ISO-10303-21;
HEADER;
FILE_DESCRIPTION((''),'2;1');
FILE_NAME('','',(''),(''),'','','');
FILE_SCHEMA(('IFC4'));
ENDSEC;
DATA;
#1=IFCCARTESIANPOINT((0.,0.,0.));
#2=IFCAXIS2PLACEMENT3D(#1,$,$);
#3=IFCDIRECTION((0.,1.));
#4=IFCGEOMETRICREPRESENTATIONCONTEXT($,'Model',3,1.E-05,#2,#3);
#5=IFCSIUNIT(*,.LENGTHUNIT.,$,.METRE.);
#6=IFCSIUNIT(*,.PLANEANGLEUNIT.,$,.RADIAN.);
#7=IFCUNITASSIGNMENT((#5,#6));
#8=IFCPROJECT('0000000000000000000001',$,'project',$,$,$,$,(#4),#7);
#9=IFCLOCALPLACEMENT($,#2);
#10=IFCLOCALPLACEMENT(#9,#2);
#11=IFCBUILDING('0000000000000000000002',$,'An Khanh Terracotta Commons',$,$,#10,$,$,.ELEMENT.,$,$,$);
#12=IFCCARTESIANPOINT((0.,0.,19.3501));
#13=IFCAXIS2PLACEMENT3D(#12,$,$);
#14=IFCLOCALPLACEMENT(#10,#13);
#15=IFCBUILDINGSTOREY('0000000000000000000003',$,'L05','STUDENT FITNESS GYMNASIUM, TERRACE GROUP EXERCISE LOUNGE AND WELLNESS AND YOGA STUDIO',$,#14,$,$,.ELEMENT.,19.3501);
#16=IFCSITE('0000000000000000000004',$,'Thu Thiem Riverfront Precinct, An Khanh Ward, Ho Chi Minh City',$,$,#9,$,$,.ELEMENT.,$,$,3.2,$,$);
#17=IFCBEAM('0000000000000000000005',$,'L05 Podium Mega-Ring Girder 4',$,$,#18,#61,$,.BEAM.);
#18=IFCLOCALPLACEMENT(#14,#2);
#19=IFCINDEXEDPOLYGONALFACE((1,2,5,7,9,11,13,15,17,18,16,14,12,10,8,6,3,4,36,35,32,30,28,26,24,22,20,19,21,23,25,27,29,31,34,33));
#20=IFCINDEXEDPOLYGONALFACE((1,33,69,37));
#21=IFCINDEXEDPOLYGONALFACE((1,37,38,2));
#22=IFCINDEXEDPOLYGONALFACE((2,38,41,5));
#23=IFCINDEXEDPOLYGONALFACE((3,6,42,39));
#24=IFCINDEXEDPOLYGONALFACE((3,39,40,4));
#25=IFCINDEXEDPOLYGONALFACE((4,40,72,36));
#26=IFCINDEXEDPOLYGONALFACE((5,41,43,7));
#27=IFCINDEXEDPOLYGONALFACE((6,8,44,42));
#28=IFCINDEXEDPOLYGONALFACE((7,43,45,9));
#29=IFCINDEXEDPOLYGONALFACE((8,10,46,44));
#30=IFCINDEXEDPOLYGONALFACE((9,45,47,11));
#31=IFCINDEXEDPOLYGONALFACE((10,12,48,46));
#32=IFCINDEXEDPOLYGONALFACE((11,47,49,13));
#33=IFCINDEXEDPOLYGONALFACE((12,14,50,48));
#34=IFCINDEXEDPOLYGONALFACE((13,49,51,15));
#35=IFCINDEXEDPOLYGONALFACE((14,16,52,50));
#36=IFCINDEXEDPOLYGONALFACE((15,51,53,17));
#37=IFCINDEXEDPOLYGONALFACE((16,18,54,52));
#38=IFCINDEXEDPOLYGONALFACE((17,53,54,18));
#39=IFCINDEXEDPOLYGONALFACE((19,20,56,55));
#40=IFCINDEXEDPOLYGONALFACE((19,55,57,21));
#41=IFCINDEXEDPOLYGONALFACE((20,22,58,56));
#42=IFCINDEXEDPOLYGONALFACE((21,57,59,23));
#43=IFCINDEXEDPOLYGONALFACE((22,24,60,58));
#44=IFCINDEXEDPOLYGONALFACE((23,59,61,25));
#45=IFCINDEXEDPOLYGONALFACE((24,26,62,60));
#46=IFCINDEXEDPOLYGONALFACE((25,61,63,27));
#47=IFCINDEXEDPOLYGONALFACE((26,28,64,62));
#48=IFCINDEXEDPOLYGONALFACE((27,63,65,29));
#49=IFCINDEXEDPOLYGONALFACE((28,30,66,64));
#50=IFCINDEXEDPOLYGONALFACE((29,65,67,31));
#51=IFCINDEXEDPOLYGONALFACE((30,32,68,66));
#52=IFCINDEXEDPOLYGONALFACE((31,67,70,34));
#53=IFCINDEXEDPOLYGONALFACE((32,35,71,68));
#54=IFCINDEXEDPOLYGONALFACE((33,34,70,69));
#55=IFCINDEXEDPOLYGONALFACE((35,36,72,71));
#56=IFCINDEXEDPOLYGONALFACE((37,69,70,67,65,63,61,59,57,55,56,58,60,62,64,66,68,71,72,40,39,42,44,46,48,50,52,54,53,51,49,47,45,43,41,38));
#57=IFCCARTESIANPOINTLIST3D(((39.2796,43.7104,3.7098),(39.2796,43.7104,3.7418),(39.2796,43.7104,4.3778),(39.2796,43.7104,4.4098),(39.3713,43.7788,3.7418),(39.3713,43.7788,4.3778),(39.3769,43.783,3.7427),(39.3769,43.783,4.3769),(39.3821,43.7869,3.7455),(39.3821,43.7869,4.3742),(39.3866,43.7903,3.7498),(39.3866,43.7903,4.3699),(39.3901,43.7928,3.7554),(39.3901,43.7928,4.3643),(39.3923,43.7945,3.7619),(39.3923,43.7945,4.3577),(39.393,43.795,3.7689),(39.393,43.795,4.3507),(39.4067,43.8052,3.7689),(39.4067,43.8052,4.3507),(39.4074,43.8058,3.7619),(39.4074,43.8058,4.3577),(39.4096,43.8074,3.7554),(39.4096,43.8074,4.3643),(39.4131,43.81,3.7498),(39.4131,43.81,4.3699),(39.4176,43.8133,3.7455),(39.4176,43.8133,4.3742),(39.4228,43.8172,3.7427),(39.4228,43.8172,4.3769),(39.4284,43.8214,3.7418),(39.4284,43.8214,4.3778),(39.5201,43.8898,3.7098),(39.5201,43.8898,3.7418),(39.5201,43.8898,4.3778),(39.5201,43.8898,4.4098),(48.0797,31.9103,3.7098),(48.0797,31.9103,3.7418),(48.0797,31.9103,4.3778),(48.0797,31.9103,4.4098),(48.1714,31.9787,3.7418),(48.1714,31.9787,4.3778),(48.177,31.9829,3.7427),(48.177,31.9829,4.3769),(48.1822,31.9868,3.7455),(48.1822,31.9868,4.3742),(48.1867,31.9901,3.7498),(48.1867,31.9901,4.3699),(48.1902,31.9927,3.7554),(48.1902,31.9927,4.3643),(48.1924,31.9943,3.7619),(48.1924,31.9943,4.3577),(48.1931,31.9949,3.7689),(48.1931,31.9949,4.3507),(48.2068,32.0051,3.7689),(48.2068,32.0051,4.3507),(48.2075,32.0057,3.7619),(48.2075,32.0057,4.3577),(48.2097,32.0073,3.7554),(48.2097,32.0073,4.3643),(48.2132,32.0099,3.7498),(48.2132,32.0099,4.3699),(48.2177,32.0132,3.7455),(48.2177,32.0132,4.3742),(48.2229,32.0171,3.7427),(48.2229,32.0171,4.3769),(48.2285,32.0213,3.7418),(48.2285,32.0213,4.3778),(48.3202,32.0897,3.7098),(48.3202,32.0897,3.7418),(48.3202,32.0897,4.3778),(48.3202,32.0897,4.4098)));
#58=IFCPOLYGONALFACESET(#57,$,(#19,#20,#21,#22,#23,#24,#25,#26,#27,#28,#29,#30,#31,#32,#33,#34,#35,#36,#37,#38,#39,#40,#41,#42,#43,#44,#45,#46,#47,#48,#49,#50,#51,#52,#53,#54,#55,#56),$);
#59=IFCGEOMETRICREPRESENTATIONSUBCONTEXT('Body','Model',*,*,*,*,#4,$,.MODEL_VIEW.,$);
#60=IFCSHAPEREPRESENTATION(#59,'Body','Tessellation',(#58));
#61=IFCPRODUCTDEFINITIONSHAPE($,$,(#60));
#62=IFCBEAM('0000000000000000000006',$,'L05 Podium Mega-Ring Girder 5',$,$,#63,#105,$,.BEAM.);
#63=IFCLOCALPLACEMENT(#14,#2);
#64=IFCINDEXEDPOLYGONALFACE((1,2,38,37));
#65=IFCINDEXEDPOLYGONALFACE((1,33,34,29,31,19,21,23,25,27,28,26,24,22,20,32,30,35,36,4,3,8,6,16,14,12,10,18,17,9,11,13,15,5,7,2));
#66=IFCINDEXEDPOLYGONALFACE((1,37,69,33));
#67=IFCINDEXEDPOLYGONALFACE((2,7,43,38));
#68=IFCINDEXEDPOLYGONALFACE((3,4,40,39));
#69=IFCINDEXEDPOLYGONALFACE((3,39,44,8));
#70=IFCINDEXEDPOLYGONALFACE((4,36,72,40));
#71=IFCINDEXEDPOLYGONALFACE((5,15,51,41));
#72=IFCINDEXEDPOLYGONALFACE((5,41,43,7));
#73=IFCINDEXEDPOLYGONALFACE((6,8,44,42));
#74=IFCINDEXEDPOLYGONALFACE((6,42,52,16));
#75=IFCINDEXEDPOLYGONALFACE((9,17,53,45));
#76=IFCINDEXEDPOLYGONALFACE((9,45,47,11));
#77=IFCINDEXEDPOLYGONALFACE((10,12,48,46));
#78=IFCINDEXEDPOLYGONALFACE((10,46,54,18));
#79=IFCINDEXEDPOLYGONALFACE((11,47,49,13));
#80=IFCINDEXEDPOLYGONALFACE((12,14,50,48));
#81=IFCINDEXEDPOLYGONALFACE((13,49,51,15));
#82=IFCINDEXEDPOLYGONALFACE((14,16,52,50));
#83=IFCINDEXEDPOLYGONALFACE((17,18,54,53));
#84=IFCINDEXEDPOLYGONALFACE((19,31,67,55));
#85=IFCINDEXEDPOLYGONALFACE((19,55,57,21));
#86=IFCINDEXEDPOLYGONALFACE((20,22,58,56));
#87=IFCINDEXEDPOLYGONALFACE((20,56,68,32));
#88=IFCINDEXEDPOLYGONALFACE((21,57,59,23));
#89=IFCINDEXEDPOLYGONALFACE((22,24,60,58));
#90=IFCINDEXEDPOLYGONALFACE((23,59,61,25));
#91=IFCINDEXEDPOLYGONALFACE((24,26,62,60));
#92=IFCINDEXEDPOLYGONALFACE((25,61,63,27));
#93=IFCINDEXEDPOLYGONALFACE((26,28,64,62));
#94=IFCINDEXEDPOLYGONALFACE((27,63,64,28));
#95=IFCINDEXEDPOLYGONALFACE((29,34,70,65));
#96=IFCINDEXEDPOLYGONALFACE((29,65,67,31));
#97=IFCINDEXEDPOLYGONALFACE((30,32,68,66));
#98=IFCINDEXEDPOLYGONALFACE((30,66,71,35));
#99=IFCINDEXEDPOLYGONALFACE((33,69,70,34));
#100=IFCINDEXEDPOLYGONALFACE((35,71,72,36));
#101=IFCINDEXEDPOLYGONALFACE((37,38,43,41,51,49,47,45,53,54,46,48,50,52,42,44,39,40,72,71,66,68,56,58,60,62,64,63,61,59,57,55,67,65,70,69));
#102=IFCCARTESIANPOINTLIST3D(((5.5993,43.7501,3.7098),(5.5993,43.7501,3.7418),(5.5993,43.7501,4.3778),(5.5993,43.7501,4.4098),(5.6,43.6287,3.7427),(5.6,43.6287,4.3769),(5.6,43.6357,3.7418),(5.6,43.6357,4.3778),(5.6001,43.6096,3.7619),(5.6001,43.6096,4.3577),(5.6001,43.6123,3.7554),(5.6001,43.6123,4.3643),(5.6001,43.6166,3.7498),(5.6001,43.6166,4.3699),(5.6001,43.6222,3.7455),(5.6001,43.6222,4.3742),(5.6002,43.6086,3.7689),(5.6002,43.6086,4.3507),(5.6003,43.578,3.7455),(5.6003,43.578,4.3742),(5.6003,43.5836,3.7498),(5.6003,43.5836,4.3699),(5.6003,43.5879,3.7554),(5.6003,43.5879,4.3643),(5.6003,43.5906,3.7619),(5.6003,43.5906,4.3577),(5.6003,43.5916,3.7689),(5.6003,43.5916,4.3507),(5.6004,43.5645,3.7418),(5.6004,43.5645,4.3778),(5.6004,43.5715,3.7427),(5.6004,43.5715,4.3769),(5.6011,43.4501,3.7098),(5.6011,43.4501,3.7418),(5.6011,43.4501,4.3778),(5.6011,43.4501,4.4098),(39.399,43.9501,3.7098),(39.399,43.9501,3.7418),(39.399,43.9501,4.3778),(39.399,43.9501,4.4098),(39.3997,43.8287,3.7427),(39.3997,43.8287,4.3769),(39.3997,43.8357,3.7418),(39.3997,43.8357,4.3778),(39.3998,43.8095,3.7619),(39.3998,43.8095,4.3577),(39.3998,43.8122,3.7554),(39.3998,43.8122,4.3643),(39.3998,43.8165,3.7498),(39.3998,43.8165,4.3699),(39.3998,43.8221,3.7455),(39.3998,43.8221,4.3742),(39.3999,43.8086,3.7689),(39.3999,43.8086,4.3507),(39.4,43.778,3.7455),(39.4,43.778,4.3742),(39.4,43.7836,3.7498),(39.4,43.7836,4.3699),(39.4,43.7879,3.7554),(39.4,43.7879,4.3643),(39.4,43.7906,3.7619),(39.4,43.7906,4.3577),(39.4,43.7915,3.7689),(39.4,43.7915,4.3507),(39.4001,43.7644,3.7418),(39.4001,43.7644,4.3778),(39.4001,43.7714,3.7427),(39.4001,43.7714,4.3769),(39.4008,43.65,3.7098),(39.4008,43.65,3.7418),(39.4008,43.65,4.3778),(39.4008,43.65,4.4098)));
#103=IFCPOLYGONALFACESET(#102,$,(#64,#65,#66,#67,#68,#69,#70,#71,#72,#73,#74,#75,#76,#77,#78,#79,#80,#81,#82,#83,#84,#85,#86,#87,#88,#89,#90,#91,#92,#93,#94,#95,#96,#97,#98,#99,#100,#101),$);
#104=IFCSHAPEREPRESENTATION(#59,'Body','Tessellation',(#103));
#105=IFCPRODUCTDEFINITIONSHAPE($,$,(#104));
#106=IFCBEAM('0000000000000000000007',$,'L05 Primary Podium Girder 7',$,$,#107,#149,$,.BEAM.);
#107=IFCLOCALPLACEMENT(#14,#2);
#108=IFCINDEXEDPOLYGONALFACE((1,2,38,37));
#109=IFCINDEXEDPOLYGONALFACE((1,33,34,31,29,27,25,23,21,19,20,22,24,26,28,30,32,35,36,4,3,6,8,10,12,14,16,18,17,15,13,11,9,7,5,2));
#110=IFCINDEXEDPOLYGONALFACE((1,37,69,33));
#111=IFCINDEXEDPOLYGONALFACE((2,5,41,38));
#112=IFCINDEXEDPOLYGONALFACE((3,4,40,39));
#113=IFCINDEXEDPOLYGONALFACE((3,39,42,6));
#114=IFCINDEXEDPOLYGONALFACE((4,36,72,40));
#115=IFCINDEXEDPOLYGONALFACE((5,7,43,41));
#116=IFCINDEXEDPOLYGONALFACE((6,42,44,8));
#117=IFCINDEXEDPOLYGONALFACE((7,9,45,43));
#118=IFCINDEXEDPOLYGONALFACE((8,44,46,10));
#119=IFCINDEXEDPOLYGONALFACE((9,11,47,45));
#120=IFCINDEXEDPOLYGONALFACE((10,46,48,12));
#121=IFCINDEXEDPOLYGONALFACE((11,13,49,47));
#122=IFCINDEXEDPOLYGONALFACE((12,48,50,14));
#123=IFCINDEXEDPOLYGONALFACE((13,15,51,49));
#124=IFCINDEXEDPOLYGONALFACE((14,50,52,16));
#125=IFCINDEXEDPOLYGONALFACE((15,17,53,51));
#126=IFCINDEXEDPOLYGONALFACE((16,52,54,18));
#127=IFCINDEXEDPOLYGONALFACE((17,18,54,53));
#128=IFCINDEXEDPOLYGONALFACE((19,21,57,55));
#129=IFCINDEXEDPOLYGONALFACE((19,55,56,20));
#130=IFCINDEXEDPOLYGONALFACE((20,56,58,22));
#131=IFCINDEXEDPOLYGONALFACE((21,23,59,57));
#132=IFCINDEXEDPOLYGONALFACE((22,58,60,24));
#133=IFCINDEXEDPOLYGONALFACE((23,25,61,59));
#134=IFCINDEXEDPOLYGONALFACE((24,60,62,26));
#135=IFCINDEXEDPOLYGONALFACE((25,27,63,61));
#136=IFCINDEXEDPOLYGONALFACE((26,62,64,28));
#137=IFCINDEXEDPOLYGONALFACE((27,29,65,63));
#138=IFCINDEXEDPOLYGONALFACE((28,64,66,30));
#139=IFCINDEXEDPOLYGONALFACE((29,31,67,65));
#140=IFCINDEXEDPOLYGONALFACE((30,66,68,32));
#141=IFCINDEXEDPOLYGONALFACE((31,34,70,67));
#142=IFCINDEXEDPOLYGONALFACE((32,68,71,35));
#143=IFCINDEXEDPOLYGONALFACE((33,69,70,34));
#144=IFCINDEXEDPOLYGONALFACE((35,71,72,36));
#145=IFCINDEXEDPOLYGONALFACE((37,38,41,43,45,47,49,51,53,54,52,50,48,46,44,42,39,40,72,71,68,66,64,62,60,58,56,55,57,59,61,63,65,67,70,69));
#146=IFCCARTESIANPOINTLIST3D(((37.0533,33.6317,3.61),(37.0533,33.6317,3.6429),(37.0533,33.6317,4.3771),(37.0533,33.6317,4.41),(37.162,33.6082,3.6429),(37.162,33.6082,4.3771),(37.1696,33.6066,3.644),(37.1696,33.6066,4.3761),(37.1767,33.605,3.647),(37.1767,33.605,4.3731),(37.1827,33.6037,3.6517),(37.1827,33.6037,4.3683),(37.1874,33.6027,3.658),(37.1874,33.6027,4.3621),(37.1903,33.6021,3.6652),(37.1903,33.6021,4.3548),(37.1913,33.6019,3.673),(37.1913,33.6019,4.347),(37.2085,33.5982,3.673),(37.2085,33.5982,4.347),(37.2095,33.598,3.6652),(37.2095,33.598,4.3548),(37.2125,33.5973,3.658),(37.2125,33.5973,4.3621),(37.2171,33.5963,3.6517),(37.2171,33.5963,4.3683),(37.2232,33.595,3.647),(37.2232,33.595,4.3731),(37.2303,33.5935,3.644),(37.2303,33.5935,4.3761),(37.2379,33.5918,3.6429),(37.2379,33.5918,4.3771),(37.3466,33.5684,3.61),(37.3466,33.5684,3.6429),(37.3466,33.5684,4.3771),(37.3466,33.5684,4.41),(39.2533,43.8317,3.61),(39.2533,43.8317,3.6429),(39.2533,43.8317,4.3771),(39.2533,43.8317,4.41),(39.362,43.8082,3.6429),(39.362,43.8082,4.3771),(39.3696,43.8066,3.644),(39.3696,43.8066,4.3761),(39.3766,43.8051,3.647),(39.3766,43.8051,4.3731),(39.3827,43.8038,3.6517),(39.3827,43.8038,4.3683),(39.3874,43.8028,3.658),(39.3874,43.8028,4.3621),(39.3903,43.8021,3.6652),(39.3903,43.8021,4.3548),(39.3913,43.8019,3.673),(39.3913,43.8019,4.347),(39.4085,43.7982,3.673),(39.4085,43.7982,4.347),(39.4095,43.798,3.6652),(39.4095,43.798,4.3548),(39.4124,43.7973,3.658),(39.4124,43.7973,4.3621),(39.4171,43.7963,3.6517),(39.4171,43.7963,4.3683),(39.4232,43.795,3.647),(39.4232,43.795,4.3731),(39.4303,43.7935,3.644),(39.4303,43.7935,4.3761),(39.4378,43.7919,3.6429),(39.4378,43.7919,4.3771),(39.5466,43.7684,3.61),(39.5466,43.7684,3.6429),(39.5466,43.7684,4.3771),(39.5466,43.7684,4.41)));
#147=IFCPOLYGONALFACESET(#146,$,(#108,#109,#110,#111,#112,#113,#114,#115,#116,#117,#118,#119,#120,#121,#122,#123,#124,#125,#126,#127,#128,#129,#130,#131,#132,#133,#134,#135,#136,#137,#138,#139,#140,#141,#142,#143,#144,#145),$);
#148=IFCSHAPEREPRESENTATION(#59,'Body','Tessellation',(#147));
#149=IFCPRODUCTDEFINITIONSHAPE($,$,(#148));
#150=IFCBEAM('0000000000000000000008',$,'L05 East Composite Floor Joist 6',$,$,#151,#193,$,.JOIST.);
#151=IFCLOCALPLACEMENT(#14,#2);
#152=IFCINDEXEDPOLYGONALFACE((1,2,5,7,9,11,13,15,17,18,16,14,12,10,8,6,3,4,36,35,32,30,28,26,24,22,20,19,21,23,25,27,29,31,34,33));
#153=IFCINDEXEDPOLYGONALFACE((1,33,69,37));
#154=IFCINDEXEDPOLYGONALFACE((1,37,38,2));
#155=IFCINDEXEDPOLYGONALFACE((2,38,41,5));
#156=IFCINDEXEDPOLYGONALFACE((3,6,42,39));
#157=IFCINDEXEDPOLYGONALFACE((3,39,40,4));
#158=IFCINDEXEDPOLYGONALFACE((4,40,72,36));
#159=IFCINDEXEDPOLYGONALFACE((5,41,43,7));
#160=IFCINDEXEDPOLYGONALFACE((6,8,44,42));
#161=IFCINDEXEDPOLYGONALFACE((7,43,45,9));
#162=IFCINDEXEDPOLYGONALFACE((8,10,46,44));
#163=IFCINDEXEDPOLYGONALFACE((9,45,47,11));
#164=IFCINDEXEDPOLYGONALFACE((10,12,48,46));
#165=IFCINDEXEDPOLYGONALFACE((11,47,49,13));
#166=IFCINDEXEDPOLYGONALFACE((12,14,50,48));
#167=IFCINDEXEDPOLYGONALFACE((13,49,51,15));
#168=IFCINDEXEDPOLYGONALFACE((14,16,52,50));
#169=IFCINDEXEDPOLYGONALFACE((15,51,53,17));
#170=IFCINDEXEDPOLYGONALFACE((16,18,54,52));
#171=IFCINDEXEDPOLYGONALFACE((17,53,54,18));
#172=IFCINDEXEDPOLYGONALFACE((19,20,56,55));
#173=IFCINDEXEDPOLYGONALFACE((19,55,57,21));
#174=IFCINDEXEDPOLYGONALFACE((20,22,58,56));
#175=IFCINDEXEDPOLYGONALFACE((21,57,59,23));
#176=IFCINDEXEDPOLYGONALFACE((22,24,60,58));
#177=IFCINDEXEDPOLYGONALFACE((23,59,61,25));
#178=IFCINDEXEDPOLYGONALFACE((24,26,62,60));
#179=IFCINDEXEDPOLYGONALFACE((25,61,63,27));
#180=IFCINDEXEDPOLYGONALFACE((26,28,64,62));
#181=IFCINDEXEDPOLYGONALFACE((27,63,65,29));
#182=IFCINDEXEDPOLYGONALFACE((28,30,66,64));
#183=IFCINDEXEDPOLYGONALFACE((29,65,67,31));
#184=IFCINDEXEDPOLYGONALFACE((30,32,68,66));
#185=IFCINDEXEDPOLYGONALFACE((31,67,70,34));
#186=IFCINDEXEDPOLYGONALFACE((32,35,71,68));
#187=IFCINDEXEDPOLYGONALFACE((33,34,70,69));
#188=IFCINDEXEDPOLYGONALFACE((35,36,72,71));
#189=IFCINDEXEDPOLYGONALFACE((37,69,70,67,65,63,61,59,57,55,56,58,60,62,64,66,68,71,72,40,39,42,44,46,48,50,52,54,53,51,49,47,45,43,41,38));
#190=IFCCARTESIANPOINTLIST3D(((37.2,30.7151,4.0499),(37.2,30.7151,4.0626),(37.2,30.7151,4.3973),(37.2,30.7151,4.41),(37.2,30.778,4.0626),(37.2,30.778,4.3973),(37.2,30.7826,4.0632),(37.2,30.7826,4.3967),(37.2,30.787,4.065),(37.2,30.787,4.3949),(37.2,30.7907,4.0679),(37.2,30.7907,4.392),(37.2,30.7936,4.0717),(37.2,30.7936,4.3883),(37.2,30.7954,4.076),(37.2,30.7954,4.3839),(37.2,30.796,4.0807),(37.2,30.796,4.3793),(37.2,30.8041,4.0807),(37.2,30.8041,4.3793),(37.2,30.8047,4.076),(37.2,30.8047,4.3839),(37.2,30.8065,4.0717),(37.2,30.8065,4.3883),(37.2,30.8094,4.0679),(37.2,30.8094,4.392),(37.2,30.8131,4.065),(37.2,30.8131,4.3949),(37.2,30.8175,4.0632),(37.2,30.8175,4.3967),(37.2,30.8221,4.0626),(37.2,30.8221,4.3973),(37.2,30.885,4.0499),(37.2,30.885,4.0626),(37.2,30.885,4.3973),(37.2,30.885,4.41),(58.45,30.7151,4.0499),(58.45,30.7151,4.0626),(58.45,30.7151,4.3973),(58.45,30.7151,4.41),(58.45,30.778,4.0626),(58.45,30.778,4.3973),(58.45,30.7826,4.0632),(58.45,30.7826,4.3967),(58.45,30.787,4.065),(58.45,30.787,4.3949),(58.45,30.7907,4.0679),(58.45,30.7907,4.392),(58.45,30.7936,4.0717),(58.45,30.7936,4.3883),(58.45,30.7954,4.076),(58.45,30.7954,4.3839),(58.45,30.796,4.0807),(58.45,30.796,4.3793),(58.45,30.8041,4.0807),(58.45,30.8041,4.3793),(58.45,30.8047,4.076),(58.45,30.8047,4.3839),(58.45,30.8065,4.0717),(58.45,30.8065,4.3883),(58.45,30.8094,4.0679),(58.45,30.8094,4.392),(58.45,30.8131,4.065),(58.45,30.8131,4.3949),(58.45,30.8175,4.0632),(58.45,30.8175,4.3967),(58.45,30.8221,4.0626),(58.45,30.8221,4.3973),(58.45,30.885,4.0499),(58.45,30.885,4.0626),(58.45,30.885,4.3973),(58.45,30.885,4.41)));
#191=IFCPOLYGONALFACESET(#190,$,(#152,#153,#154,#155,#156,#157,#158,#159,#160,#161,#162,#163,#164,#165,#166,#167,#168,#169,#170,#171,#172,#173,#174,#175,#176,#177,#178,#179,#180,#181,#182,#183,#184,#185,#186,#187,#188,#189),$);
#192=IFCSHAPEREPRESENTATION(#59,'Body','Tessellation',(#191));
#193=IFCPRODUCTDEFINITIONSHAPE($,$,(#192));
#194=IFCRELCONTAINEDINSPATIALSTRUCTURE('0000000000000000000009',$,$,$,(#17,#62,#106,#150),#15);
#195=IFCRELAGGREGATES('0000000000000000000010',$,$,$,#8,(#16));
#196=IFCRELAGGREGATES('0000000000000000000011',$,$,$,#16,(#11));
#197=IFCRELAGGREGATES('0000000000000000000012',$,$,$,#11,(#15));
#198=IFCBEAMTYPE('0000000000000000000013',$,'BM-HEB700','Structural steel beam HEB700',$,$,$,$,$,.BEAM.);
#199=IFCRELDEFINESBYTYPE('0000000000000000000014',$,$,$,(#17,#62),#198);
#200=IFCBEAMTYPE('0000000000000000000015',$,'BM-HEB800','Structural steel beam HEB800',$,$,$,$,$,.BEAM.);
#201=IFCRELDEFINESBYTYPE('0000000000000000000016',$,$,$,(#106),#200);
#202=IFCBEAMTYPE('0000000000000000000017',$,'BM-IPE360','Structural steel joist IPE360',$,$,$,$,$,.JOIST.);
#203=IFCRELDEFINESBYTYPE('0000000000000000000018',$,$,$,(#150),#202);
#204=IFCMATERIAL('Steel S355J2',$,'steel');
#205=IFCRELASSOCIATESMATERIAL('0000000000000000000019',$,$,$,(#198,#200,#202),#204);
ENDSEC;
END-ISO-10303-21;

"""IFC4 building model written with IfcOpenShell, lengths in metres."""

from ifc_helpers import new_model, si_unit, direction, frame, origin, origin_2d, place, context, subcontext, project, spatial, i_section, extrude, material, material_profile, profile_set, type_object, element, save


model = new_model("IFC4")

# Units and contexts
model_context = context("Model", 3, precision=1e-05, world=origin(), true_north=direction((0.0, 1.0)))
body_context = subcontext(model_context, "Body", "Model", "MODEL_VIEW")
ifc_project = project(units=[si_unit("LENGTHUNIT", "METRE"), si_unit("PLANEANGLEUNIT", "RADIAN")], contexts=[model_context])

# Site, building, storey
site_placement = place(None, origin())
site = spatial("IfcSite", under=ifc_project, at=site_placement, Name="Thu Thiem Riverfront Precinct, An Khanh Ward, Ho Chi Minh City", CompositionType="ELEMENT", RefElevation=3.2)
building_placement = place(site_placement, origin())
building = spatial("IfcBuilding", under=site, at=building_placement, Name="An Khanh Terracotta Commons", CompositionType="ELEMENT")
storey_placement = place(building_placement, frame((0.0, 0.0, 19.3501)))
storey = spatial("IfcBuildingStorey", under=building, at=storey_placement, Name="L05", Description="STUDENT FITNESS GYMNASIUM, TERRACE GROUP EXERCISE LOUNGE AND WELLNESS AND YOGA STUDIO", CompositionType="ELEMENT", Elevation=19.3501)

# Beams
ifc_material_1 = material(Name="Steel S355J2", Category="steel")
ifc_material_profile_1 = material_profile(ifc_material_1, i_section(OverallWidth=0.3, OverallDepth=0.7, WebThickness=0.0171, FlangeThickness=0.032, FilletRadius=0.0271, at=origin_2d()), Name="HEB700")
ifc_profile_set_1 = profile_set([ifc_material_profile_1], Name="Steel S355J2")
beam_type_1 = type_object("IfcBeamType", Name="BM-HEB700", Description="Structural steel beam HEB700", PredefinedType="BEAM", material=ifc_profile_set_1)
beam_1_placement = place(storey_placement, frame((48.2, 32.0, 4.0598), z_axis=(-0.597824, 0.801627, 0.0), x_axis=(-0.801627, -0.597824, 0.0)))
element("IfcBeam", 1, at=beam_1_placement, inside=storey, type_object=beam_type_1, Name="L05 Podium Mega-Ring Girder 4", PredefinedType="BEAM", context=body_context, shape_type="SweptSolid", body=[
    extrude(i_section(OverallWidth=0.3, OverallDepth=0.7, WebThickness=0.0171, FlangeThickness=0.032, FilletRadius=0.0271, at=origin_2d()), origin(), (0.0, 0.0, 1.0), 14.7202),
])
beam_2_placement = place(storey_placement, frame((39.3999, 43.8, 4.0598), z_axis=(-0.999983, -0.005916, 0.0), x_axis=(0.005916, -0.999983, 0.0)))
element("IfcBeam", 2, at=beam_2_placement, inside=storey, type_object=beam_type_1, Name="L05 Podium Mega-Ring Girder 5", PredefinedType="BEAM", context=body_context, shape_type="SweptSolid", body=[
    extrude(i_section(OverallWidth=0.3, OverallDepth=0.7, WebThickness=0.0171, FlangeThickness=0.032, FilletRadius=0.0271, at=origin_2d()), origin(), (0.0, 0.0, 1.0), 33.8003),
])
ifc_material_profile_2 = material_profile(ifc_material_1, i_section(OverallWidth=0.3, OverallDepth=0.8, WebThickness=0.0176, FlangeThickness=0.033, FilletRadius=0.03, at=origin_2d()), Name="HEB800")
ifc_profile_set_2 = profile_set([ifc_material_profile_2], Name="Steel S355J2")
beam_type_2 = type_object("IfcBeamType", Name="BM-HEB800", Description="Structural steel beam HEB800", PredefinedType="BEAM", material=ifc_profile_set_2)
beam_3_placement = place(storey_placement, frame((39.3999, 43.8, 4.01), z_axis=(-0.210834, -0.977522, 0.0), x_axis=(0.977522, -0.210834, 0.0)))
element("IfcBeam", 3, at=beam_3_placement, inside=storey, type_object=beam_type_2, Name="L05 Primary Podium Girder 7", PredefinedType="BEAM", context=body_context, shape_type="SweptSolid", body=[
    extrude(i_section(OverallWidth=0.3, OverallDepth=0.8, WebThickness=0.0176, FlangeThickness=0.033, FilletRadius=0.03, at=origin_2d()), origin(), (0.0, 0.0, 1.0), 10.4346),
])
ifc_material_profile_3 = material_profile(ifc_material_1, i_section(OverallWidth=0.1699, OverallDepth=0.3601, WebThickness=0.0081, FlangeThickness=0.0127, FilletRadius=0.0181, at=origin_2d()), Name="IPE360")
ifc_profile_set_3 = profile_set([ifc_material_profile_3], Name="Steel S355J2")
beam_type_3 = type_object("IfcBeamType", Name="BM-IPE360", Description="Structural steel joist IPE360", PredefinedType="JOIST", material=ifc_profile_set_3)
for number, where, z_axis, x_axis, name in (
    (4, (37.2, 30.8, 4.23), (1.0, 0.0, 0.0), (0.0, 1.0, 0.0), "L05 East Composite Floor Joist 6"),
):
    element("IfcBeam", number, at=place(storey_placement, frame(where, z_axis=z_axis, x_axis=x_axis)), inside=storey, type_object=beam_type_3, Name=name, PredefinedType="JOIST", context=body_context, shape_type="SweptSolid", body=[
        extrude(i_section(OverallWidth=0.1699, OverallDepth=0.3601, WebThickness=0.0081, FlangeThickness=0.0127, FilletRadius=0.0181, at=origin_2d()), origin(), (0.0, 0.0, 1.0), 21.25),
    ])

save(model, "model.ifc")
